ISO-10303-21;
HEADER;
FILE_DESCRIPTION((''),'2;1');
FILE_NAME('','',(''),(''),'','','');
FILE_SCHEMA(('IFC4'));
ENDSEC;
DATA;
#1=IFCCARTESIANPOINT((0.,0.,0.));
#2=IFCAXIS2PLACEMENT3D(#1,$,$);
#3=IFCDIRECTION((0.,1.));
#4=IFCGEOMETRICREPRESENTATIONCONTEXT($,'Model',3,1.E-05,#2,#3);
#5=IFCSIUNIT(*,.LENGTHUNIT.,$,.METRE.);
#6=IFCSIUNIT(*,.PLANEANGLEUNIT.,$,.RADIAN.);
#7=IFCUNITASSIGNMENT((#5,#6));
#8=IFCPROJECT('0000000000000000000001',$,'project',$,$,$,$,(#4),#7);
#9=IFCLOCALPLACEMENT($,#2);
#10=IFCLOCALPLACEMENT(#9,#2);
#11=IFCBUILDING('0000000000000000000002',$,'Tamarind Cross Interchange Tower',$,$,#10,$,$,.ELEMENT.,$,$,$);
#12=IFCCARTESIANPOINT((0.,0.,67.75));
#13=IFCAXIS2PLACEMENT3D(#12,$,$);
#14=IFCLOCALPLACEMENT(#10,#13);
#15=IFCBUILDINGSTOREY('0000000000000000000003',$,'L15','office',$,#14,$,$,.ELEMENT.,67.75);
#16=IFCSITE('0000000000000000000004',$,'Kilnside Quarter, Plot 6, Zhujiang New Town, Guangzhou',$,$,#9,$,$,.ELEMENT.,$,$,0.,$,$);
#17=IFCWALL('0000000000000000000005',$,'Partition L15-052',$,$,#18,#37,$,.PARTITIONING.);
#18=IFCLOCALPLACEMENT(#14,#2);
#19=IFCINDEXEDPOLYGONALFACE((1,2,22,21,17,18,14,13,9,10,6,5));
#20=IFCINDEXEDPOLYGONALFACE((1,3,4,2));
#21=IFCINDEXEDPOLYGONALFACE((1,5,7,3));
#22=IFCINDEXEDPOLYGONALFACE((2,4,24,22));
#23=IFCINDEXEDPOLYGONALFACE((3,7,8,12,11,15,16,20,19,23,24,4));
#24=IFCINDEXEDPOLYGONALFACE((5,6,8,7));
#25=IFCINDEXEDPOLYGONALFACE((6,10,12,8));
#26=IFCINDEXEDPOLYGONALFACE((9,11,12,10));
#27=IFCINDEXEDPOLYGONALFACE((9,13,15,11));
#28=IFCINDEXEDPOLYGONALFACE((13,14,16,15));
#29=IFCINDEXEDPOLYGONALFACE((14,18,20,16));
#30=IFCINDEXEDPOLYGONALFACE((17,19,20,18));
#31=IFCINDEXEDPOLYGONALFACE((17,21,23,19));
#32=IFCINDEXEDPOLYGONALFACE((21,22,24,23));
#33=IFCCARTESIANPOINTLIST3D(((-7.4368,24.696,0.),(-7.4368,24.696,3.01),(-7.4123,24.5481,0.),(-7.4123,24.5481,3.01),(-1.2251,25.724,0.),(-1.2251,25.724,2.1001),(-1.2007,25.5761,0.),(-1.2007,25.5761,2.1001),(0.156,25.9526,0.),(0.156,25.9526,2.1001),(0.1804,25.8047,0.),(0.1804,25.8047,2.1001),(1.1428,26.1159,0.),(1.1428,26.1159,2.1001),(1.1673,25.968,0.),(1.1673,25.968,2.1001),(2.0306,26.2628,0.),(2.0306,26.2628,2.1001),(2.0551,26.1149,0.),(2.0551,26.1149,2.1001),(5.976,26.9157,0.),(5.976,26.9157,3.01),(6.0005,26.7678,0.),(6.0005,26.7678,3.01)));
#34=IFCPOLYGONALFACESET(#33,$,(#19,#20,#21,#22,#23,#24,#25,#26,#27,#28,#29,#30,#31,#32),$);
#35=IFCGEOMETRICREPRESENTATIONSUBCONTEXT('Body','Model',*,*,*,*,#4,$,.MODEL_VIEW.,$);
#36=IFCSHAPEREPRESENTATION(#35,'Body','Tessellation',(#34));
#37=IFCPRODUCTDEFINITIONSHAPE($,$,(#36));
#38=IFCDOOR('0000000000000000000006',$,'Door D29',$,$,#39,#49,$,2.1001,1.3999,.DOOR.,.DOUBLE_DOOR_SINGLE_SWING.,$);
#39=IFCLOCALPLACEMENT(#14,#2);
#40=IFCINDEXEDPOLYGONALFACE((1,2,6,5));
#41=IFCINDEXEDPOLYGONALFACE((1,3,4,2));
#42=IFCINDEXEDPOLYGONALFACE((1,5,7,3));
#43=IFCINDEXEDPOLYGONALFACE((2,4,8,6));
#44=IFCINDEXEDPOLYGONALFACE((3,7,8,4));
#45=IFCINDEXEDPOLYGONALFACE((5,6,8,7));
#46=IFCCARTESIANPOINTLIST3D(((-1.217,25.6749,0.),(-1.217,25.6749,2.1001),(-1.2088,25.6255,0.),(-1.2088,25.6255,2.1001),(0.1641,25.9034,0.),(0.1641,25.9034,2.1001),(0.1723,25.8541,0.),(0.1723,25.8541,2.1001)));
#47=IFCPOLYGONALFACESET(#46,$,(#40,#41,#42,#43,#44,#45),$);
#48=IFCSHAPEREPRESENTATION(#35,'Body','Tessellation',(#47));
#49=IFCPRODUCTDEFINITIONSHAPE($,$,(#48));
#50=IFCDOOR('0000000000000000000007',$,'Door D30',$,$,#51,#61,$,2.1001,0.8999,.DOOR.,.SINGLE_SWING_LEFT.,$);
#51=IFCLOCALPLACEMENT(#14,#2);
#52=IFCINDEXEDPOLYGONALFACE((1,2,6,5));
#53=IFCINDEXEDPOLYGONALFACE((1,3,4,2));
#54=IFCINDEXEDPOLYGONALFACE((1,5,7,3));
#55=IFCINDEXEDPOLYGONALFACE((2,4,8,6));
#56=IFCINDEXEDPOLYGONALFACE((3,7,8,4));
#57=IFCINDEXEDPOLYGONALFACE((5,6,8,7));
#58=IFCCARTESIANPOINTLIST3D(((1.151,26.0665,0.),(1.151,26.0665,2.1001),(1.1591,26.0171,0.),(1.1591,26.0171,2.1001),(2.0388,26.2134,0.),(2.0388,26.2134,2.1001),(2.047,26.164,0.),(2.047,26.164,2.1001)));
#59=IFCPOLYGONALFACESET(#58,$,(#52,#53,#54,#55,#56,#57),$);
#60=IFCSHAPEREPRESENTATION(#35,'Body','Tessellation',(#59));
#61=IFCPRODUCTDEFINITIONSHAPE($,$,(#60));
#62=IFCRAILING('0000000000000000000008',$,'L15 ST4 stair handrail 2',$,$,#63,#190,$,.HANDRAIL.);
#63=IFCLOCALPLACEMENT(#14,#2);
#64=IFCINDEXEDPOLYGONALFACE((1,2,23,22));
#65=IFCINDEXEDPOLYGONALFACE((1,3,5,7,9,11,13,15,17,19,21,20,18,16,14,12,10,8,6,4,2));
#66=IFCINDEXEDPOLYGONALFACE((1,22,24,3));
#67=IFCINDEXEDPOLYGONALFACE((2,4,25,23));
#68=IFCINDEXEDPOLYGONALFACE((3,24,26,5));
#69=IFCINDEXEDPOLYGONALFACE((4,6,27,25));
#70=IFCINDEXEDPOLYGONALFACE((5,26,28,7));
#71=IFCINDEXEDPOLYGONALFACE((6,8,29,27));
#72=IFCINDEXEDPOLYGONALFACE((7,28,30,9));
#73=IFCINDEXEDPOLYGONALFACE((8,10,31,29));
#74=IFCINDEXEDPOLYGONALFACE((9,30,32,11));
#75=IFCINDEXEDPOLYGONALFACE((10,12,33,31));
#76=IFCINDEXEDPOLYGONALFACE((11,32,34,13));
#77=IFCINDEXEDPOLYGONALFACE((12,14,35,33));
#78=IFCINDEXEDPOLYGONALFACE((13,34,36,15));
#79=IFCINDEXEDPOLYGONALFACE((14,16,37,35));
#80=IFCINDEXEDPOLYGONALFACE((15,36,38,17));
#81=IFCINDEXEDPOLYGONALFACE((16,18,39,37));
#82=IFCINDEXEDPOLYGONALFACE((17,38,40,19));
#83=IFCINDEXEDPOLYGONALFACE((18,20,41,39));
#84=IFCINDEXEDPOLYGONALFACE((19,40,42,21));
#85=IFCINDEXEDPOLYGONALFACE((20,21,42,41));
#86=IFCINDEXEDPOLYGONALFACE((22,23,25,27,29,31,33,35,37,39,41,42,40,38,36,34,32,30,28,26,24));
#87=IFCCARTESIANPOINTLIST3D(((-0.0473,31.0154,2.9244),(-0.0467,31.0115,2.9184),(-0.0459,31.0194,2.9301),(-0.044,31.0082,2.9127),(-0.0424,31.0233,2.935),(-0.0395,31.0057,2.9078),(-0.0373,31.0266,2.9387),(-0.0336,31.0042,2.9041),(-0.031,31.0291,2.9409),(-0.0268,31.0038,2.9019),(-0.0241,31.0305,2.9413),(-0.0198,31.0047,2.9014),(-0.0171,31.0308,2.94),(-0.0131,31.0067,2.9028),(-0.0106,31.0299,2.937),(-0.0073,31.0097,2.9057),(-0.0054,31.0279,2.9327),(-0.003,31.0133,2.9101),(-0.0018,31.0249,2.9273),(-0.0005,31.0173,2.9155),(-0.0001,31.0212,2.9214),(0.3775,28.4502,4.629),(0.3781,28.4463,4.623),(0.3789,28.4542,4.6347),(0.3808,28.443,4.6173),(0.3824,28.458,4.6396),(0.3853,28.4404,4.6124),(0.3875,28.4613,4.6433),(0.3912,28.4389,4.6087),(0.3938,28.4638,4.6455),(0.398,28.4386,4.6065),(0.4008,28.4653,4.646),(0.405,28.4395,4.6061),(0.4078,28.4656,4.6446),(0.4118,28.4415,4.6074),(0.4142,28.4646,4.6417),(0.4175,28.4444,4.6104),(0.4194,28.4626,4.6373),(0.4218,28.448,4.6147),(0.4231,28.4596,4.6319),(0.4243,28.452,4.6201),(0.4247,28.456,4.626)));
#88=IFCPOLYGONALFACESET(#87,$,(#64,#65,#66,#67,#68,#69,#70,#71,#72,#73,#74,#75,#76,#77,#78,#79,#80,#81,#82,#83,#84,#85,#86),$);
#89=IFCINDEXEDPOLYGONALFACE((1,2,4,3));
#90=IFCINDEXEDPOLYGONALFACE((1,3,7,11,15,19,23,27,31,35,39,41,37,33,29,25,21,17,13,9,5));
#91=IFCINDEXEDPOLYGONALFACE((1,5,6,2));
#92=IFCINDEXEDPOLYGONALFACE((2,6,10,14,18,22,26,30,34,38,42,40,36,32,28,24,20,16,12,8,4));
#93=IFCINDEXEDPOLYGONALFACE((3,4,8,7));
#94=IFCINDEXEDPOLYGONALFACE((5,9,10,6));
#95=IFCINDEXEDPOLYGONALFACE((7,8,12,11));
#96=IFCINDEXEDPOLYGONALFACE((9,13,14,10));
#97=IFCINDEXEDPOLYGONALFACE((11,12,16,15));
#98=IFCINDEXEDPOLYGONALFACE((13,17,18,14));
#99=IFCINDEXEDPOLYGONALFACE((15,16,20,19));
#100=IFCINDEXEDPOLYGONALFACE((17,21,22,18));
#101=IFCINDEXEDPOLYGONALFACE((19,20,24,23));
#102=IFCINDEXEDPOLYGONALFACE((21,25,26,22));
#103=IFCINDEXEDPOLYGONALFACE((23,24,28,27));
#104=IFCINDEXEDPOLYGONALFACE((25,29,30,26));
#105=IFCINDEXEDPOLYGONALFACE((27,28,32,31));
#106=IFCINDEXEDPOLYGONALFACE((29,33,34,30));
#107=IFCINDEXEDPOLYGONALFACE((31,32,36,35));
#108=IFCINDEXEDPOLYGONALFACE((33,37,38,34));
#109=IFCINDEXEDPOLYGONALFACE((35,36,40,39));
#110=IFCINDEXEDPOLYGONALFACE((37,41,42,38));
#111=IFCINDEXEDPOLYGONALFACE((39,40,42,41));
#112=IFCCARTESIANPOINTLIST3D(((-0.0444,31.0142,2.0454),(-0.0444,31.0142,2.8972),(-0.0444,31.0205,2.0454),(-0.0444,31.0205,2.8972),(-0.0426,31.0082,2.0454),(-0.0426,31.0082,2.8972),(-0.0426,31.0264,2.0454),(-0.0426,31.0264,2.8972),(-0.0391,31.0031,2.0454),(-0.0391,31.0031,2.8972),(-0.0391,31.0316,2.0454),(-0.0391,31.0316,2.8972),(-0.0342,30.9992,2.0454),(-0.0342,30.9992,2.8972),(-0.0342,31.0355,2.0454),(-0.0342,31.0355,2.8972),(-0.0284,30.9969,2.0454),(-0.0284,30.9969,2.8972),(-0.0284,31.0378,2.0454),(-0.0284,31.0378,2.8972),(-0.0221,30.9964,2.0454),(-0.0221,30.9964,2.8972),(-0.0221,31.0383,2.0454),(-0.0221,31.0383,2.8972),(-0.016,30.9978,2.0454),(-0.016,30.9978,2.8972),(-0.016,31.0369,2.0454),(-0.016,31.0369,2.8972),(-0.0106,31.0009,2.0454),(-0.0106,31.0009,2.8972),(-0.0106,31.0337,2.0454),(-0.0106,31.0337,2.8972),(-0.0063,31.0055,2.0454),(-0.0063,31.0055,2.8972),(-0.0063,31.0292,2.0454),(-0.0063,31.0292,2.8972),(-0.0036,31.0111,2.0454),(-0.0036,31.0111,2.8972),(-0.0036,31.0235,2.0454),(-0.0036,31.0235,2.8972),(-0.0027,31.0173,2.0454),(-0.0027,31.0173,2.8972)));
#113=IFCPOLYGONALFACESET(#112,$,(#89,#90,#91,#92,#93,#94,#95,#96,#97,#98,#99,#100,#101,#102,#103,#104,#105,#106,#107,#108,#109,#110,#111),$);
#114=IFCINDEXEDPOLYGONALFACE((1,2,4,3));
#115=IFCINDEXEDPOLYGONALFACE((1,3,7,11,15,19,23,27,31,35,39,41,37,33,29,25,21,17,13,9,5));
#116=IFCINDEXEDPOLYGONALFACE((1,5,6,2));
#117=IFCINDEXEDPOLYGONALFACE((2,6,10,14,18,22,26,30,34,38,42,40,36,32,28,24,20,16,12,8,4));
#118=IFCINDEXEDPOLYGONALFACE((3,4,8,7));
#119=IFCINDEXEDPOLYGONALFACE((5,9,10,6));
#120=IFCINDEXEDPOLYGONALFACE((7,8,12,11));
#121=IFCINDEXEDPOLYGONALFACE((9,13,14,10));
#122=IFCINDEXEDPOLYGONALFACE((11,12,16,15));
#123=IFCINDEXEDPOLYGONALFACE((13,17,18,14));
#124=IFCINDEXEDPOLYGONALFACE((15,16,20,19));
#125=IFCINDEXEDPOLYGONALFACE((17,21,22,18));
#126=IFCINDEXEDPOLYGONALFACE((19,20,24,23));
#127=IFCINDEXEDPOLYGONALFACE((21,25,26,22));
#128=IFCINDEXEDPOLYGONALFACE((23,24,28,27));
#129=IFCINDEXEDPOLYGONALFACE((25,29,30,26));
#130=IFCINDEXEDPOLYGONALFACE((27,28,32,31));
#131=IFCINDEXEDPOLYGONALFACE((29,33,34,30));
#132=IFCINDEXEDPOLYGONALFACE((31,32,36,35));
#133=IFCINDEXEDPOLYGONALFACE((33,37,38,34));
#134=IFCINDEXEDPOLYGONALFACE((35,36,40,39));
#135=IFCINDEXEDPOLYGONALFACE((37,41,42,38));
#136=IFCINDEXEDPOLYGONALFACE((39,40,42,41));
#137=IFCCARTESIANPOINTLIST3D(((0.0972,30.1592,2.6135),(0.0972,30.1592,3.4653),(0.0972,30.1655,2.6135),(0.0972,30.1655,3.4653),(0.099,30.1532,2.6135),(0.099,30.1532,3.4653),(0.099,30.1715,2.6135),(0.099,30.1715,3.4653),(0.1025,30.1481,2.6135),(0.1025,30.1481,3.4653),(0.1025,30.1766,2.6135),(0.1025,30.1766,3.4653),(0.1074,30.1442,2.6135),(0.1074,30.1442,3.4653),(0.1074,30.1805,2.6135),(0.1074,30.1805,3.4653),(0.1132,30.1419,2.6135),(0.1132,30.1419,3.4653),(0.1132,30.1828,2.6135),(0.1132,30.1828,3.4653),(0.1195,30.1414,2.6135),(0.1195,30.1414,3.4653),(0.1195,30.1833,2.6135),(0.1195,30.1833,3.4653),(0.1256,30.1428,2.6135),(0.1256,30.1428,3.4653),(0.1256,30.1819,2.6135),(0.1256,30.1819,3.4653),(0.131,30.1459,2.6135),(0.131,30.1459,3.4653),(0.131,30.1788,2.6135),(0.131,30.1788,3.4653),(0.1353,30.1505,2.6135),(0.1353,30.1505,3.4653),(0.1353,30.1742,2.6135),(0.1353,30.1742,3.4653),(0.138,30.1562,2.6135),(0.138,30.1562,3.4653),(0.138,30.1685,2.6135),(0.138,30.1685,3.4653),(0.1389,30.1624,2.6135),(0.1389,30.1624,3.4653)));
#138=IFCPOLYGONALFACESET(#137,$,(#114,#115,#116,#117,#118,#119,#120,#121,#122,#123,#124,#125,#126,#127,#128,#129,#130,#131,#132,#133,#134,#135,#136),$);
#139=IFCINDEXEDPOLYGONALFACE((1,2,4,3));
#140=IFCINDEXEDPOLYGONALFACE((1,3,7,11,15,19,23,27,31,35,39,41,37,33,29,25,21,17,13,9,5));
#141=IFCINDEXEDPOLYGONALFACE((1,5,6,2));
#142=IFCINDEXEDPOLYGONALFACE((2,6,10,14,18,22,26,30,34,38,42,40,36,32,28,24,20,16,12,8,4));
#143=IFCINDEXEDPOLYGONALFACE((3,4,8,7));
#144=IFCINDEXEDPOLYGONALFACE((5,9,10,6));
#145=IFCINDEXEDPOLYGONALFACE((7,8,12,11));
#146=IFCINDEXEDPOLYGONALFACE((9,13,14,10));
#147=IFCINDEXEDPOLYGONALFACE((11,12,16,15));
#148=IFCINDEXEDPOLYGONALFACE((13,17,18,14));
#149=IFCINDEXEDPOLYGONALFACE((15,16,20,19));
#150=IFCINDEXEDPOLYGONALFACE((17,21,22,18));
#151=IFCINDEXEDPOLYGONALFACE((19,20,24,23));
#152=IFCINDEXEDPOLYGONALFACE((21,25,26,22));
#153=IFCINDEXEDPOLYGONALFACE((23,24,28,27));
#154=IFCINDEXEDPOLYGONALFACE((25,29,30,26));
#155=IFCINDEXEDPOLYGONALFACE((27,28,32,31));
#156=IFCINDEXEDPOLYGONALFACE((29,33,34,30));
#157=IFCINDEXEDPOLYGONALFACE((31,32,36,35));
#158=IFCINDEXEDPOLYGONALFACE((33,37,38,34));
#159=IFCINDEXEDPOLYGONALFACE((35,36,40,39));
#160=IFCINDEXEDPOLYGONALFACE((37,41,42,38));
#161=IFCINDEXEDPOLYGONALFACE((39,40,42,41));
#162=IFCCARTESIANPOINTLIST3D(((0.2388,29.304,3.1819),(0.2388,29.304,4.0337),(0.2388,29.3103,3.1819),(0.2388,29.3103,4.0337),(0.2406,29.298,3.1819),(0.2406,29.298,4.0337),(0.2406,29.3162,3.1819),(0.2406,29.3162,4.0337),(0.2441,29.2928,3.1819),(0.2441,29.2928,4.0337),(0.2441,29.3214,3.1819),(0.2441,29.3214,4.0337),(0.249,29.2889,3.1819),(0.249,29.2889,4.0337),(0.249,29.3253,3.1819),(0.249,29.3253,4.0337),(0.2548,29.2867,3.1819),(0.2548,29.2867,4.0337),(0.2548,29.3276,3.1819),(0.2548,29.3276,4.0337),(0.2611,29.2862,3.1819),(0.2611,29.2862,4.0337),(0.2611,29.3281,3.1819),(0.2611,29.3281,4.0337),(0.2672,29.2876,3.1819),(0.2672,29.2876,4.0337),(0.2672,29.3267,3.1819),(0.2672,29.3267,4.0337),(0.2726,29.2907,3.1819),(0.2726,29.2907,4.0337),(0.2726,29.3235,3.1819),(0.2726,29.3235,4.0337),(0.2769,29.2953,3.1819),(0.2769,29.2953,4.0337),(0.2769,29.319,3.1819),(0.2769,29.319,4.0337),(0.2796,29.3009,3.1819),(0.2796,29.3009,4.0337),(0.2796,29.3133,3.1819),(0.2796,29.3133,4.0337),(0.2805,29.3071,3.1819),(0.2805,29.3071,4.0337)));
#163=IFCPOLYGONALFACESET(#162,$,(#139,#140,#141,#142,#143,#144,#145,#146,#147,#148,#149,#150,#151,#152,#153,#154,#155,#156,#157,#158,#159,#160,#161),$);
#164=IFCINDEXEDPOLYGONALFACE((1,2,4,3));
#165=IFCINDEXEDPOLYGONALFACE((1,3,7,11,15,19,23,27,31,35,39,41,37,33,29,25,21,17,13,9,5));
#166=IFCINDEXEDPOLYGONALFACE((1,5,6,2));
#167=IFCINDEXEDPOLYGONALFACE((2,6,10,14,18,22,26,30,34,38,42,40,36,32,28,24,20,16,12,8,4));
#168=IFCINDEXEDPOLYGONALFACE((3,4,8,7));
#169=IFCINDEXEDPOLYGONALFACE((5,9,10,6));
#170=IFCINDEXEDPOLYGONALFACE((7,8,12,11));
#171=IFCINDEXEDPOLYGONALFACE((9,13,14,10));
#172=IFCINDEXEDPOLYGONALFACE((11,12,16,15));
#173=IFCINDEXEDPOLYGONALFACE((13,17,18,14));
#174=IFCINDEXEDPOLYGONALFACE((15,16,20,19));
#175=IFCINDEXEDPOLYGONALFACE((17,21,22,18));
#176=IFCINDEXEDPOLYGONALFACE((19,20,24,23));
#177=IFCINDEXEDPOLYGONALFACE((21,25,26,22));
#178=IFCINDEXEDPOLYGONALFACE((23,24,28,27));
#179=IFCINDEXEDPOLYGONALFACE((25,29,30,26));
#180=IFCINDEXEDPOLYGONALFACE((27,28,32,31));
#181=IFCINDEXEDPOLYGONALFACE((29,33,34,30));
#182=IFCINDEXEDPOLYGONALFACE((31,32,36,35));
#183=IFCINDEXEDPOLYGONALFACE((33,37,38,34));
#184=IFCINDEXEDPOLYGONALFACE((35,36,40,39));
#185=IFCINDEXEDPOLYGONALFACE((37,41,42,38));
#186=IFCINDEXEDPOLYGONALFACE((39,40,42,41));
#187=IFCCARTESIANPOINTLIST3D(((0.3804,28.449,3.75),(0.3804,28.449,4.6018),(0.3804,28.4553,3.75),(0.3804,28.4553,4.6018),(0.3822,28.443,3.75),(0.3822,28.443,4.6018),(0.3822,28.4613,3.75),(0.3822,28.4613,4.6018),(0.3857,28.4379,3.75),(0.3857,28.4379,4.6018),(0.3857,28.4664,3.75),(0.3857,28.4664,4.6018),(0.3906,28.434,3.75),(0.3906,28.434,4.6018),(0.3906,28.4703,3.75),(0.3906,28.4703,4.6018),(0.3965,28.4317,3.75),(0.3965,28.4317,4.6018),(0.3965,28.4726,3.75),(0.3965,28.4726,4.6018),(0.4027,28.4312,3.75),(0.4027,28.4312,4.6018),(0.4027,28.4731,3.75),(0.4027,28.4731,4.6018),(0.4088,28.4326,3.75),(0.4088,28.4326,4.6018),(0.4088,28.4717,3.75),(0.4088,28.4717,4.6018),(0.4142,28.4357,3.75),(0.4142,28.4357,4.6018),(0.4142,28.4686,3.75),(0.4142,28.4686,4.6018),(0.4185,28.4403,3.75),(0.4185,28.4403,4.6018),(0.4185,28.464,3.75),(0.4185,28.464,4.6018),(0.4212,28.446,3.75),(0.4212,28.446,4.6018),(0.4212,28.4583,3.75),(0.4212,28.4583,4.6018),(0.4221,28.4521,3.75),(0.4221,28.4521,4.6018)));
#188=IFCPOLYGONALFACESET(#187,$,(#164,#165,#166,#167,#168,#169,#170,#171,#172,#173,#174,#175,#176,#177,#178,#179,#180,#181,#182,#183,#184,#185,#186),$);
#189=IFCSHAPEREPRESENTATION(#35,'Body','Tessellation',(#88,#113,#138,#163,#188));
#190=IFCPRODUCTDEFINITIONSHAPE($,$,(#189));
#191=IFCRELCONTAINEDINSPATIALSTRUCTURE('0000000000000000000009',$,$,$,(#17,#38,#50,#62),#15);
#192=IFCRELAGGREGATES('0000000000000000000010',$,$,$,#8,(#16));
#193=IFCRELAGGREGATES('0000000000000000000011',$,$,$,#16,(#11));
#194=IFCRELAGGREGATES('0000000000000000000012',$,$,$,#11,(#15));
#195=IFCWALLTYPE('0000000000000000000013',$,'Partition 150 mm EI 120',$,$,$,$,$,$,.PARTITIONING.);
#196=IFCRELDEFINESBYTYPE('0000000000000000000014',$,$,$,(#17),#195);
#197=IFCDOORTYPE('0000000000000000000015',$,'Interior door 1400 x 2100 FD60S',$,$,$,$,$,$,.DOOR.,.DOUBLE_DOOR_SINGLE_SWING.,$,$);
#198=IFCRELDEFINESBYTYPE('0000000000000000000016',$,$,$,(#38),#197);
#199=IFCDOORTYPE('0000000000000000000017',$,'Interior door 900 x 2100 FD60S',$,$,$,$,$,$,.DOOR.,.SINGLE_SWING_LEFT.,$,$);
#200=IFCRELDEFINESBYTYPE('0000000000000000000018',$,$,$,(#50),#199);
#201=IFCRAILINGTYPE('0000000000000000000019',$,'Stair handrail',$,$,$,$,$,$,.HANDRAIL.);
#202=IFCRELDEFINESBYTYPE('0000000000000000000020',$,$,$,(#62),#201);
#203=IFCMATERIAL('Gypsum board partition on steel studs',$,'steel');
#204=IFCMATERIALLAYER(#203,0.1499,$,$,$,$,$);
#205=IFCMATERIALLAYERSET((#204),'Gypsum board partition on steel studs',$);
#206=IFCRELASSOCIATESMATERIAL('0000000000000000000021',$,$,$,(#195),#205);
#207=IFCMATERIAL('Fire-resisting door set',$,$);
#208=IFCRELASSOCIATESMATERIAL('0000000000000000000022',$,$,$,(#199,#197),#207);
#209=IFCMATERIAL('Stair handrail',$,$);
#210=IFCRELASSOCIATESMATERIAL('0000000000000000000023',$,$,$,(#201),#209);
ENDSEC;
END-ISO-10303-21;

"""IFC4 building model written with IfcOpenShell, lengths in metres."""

from ifc_helpers import new_model, si_unit, direction, frame, frame_2d, origin, origin_2d, place, context, subcontext, project, spatial, rectangle, circle, extrude, material, layer, layer_set, type_object, element, fill, save


model = new_model("IFC4")

# Units and contexts
model_context = context("Model", 3, precision=1e-05, world=origin(), true_north=direction((0.0, 1.0)))
body_context = subcontext(model_context, "Body", "Model", "MODEL_VIEW")
ifc_project = project(units=[si_unit("LENGTHUNIT", "METRE"), si_unit("PLANEANGLEUNIT", "RADIAN")], contexts=[model_context])

# Site, building, storey
site_placement = place(None, origin())
site = spatial("IfcSite", under=ifc_project, at=site_placement, Name="Kilnside Quarter, Plot 6, Zhujiang New Town, Guangzhou", CompositionType="ELEMENT", RefElevation=0.0)
building_placement = place(site_placement, origin())
building = spatial("IfcBuilding", under=site, at=building_placement, Name="Tamarind Cross Interchange Tower", CompositionType="ELEMENT")
storey_placement = place(building_placement, frame((0.0, 0.0, 67.75)))
storey = spatial("IfcBuildingStorey", under=building, at=storey_placement, Name="L15", Description="office", CompositionType="ELEMENT", Elevation=67.75)

# Shared definitions
ifc_material_1 = material(Name="Gypsum board partition on steel studs", Category="steel")
ifc_layer_1 = layer(ifc_material_1, 0.1499)
ifc_layer_set_1 = layer_set([ifc_layer_1], Name="Gypsum board partition on steel studs")
wall_type_1 = type_object("IfcWallType", Name="Partition 150 mm EI 120", PredefinedType="PARTITIONING", material=ifc_layer_set_1)

# Shared definitions
ifc_material_2 = material(Name="Fire-resisting door set")
door_type_1 = type_object("IfcDoorType", Name="Interior door 900 x 2100 FD60S", OperationType="SINGLE_SWING_LEFT", PredefinedType="DOOR", material=ifc_material_2)

# Wall, openings, doors
wall_1_placement = place(storey_placement, frame((-7.4246, 24.6221, 0.0), z_axis=(0.0, 0.0, 1.0), x_axis=(0.986581, 0.163272, 0.0)))
wall_1 = element("IfcWall", 1, at=wall_1_placement, inside=storey, type_object=wall_type_1, Name="Partition L15-052", PredefinedType="PARTITIONING", context=body_context, shape_type="SweptSolid", body=[
    extrude(rectangle(XDim=13.5952, YDim=0.1499, at=frame_2d((6.7976, 0.0))), origin(), (0.0, 0.0, 1.0), 3.01),
])
opening_1_placement = place(wall_1_placement, frame((6.2961, 0.0, 0.0)))
opening_1 = element("IfcOpeningElement", 2, at=opening_1_placement, cuts=wall_1, PredefinedType="OPENING", context=body_context, shape_type="SweptSolid", body=[
    extrude(rectangle(XDim=1.3999, YDim=2.1001, at=frame_2d((0.7, 1.05))), frame((0.0, 0.085, 0.0), z_axis=(0.0, -1.0, 0.0), x_axis=(1.0, 0.0, 0.0)), (0.0, 0.0, 1.0), 0.1699),
])
opening_2_placement = place(wall_1_placement, frame((8.6963, 0.0, 0.0)))
opening_2 = element("IfcOpeningElement", 3, at=opening_2_placement, cuts=wall_1, PredefinedType="OPENING", context=body_context, shape_type="SweptSolid", body=[
    extrude(rectangle(XDim=0.8999, YDim=2.1001, at=frame_2d((0.45, 1.05))), frame((0.0, 0.085, 0.0), z_axis=(0.0, -1.0, 0.0), x_axis=(1.0, 0.0, 0.0)), (0.0, 0.0, 1.0), 0.1699),
])
door_type_2 = type_object("IfcDoorType", Name="Interior door 1400 x 2100 FD60S", OperationType="DOUBLE_DOOR_SINGLE_SWING", PredefinedType="DOOR", material=ifc_material_2)
door_1_placement = place(opening_1_placement, frame((1.3999, 0.0, 0.0), z_axis=(0.0, 0.0, 1.0), x_axis=(-1.0, 0.0, 0.0)))
door_1 = element("IfcDoor", 4, at=door_1_placement, inside=storey, type_object=door_type_2, Name="Door D29", OperationType="DOUBLE_DOOR_SINGLE_SWING", OverallHeight=2.1001, OverallWidth=1.3999, PredefinedType="DOOR", context=body_context, shape_type="SweptSolid", body=[
    extrude(rectangle(XDim=1.3999, YDim=2.1001, at=frame_2d((0.7, 1.05))), frame((0.0, 0.0249, 0.0), z_axis=(0.0, -1.0, 0.0), x_axis=(1.0, 0.0, 0.0)), (0.0, 0.0, 1.0), 0.05),
])
fill(opening_1, door_1)
door_2_placement = place(opening_2_placement, origin())
door_2 = element("IfcDoor", 5, at=door_2_placement, inside=storey, type_object=door_type_1, Name="Door D30", OperationType="SINGLE_SWING_LEFT", OverallHeight=2.1001, OverallWidth=0.8999, PredefinedType="DOOR", context=body_context, shape_type="SweptSolid", body=[
    extrude(rectangle(XDim=0.8999, YDim=2.1001, at=frame_2d((0.45, 1.05))), frame((0.0, 0.0249, 0.0), z_axis=(0.0, -1.0, 0.0), x_axis=(1.0, 0.0, 0.0)), (0.0, 0.0, 1.0), 0.05),
])
fill(opening_2, door_2)

# Railing
ifc_material_3 = material(Name="Stair handrail")
railing_type = type_object("IfcRailingType", Name="Stair handrail", PredefinedType="HANDRAIL", material=ifc_material_3)
railing_placement = place(storey_placement, frame((-0.0237, 31.0173, 2.0454)))
element("IfcRailing", 6, at=railing_placement, inside=storey, type_object=railing_type, Name="L15 ST4 stair handrail 2", PredefinedType="HANDRAIL", context=body_context, shape_type="SweptSolid", body=[
    extrude(circle(Radius=0.0239, at=origin_2d()), frame((0.0, 0.0, 0.876), z_axis=(0.136634, -0.825068, 0.548265), x_axis=(0.986563, 0.163379, 0.0)), (0.0, 0.0, 1.0), 3.1091),
    extrude(circle(Radius=0.021, at=origin_2d()), origin(), (0.0, 0.0, 1.0), 0.8518),
    extrude(circle(Radius=0.021, at=origin_2d()), frame((0.1416, -0.855, 0.5681)), (0.0, 0.0, 1.0), 0.8518),
    extrude(circle(Radius=0.021, at=origin_2d()), frame((0.2832, -1.7102, 1.1365)), (0.0, 0.0, 1.0), 0.8518),
    extrude(circle(Radius=0.021, at=origin_2d()), frame((0.4248, -2.5652, 1.7046)), (0.0, 0.0, 1.0), 0.8518),
])

save(model, "model.ifc")
